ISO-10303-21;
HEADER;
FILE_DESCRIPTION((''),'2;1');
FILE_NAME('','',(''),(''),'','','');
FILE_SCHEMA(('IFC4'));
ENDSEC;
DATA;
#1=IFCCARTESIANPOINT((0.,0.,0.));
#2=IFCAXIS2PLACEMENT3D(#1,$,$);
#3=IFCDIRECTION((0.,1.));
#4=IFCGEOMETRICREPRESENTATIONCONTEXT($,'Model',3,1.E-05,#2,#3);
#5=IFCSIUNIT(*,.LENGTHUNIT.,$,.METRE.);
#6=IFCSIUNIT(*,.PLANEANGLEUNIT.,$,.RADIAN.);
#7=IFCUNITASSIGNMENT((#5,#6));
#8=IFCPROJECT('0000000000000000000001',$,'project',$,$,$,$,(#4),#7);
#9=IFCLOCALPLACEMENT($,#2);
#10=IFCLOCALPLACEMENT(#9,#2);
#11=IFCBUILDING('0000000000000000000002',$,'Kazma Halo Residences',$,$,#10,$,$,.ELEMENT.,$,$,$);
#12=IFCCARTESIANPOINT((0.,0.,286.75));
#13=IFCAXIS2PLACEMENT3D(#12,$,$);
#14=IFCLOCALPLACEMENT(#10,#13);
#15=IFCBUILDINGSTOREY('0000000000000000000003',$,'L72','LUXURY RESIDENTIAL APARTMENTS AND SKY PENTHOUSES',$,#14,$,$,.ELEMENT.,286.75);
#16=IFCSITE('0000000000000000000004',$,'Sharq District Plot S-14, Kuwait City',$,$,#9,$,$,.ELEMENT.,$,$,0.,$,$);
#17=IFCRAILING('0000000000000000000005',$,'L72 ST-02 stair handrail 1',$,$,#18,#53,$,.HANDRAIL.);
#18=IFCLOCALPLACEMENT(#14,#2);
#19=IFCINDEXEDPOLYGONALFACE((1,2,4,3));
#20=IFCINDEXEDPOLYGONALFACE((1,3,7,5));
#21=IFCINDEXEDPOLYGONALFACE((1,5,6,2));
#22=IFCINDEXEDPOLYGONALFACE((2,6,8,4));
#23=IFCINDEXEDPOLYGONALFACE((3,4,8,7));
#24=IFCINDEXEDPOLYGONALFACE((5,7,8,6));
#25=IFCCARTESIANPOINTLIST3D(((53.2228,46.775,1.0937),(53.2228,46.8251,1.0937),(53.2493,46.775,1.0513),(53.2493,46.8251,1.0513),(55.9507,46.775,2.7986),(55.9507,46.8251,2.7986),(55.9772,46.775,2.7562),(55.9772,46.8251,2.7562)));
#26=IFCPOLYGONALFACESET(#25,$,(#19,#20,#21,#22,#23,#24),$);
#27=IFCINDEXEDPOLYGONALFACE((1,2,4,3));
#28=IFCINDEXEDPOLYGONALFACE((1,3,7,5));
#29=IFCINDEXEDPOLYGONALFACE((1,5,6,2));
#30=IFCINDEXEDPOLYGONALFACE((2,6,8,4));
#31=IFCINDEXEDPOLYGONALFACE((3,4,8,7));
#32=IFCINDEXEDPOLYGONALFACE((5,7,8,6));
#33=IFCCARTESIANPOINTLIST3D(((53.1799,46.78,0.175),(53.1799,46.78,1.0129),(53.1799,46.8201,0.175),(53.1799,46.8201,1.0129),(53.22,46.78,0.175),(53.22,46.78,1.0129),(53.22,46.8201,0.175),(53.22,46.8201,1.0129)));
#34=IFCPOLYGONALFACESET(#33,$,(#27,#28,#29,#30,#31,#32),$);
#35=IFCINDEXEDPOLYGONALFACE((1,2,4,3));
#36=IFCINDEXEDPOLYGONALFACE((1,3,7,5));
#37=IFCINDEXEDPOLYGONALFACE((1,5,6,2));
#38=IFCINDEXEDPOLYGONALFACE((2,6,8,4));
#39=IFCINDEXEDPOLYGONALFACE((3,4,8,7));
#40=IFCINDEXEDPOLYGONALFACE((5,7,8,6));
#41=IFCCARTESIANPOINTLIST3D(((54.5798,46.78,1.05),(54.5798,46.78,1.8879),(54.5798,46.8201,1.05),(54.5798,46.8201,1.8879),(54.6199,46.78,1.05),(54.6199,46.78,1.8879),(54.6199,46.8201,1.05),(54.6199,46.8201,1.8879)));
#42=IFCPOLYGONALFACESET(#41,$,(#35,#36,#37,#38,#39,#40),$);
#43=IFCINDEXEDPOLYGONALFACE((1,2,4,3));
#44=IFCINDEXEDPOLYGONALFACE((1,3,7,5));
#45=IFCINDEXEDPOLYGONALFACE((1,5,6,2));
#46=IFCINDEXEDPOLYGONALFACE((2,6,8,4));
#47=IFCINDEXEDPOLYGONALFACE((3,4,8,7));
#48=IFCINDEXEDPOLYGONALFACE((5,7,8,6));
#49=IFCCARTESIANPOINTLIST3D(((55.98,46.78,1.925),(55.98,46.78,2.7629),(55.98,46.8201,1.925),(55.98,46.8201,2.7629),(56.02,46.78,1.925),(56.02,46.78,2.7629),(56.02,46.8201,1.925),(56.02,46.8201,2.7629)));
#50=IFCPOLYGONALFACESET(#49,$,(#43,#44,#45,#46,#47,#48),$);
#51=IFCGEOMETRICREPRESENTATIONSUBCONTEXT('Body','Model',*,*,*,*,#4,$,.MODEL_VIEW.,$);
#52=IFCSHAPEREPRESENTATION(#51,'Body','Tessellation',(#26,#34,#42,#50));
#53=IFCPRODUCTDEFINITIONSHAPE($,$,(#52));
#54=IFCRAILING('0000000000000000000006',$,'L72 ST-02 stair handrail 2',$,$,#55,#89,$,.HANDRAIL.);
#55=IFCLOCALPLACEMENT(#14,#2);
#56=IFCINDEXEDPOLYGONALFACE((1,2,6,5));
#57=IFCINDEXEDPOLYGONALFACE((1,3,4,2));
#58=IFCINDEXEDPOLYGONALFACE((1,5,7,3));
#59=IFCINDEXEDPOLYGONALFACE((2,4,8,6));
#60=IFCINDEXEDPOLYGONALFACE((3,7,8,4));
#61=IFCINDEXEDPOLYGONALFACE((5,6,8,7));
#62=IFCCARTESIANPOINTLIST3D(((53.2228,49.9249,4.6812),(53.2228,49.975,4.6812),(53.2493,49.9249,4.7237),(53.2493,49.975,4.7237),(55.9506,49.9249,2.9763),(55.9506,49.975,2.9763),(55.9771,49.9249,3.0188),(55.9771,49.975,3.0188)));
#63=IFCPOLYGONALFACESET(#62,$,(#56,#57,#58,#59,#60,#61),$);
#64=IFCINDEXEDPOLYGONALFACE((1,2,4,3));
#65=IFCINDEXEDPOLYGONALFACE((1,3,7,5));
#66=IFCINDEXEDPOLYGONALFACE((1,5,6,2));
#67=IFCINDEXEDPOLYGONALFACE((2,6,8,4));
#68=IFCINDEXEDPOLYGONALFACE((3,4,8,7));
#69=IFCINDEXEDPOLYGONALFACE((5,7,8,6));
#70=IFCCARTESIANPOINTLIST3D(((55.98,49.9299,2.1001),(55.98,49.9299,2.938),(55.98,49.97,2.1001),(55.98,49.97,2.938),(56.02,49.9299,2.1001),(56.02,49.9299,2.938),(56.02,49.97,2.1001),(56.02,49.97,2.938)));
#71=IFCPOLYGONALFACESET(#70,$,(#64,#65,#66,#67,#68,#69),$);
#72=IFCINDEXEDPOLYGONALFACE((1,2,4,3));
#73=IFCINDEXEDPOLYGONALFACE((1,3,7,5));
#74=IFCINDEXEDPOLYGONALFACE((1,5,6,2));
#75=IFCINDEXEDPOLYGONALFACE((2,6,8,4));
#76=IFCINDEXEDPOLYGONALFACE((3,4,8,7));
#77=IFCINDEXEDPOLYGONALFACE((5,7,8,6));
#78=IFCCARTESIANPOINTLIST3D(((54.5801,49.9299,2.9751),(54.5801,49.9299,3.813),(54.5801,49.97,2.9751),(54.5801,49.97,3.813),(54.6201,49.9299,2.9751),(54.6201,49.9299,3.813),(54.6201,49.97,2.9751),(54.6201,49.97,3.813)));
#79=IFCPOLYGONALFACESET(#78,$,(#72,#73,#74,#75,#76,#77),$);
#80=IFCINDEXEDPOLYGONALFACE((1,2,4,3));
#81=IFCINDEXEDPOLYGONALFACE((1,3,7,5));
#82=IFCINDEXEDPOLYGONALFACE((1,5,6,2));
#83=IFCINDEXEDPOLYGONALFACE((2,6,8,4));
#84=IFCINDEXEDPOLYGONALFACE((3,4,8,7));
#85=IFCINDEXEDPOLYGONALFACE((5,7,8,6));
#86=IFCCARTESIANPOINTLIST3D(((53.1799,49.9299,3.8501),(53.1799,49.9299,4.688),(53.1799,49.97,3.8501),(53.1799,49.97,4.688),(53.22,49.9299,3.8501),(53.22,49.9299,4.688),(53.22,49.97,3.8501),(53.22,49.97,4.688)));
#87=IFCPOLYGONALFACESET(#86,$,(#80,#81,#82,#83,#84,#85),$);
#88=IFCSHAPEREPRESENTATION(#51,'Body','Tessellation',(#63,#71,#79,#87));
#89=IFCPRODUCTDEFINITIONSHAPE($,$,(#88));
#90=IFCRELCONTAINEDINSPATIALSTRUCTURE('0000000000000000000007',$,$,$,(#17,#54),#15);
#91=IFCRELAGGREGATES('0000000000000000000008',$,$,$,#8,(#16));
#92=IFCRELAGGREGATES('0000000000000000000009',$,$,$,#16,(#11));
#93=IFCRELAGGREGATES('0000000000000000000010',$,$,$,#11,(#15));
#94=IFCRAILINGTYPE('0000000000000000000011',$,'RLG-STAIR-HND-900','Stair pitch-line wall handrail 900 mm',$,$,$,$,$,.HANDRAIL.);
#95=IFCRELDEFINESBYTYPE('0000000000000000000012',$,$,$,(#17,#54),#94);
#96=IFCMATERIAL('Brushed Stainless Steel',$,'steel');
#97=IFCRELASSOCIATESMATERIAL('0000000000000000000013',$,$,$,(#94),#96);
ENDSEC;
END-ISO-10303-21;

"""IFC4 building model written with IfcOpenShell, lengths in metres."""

from ifc_helpers import new_model, si_unit, direction, frame, origin, origin_2d, place, context, subcontext, project, spatial, rectangle, extrude, material, type_object, element, save


model = new_model("IFC4")

# Units and contexts
model_context = context("Model", 3, precision=1e-05, world=origin(), true_north=direction((0.0, 1.0)))
body_context = subcontext(model_context, "Body", "Model", "MODEL_VIEW")
ifc_project = project(units=[si_unit("LENGTHUNIT", "METRE"), si_unit("PLANEANGLEUNIT", "RADIAN")], contexts=[model_context])

# Site, building, storey
site_placement = place(None, origin())
site = spatial("IfcSite", under=ifc_project, at=site_placement, Name="Sharq District Plot S-14, Kuwait City", CompositionType="ELEMENT", RefElevation=0.0)
building_placement = place(site_placement, origin())
building = spatial("IfcBuilding", under=site, at=building_placement, Name="Kazma Halo Residences", CompositionType="ELEMENT")
storey_placement = place(building_placement, frame((0.0, 0.0, 286.75)))
storey = spatial("IfcBuildingStorey", under=building, at=storey_placement, Name="L72", Description="LUXURY RESIDENTIAL APARTMENTS AND SKY PENTHOUSES", CompositionType="ELEMENT", Elevation=286.75)

# Railings
ifc_material_1 = material(Name="Brushed Stainless Steel", Category="steel")
railing_type_1 = type_object("IfcRailingType", Name="RLG-STAIR-HND-900", Description="Stair pitch-line wall handrail 900 mm", PredefinedType="HANDRAIL", material=ifc_material_1)
railing_1_placement = place(storey_placement, frame((53.2, 46.8, 0.175)))
element("IfcRailing", 1, at=railing_1_placement, inside=storey, type_object=railing_type_1, Name="L72 ST-02 stair handrail 1", PredefinedType="HANDRAIL", context=body_context, shape_type="SweptSolid", body=[
    extrude(rectangle(XDim=0.05, YDim=0.05, at=origin_2d()), frame((0.0361, 0.0, 0.8975), z_axis=(0.848002, 0.0, 0.529992), x_axis=(0.0, 1.0, 0.0)), (0.0, 0.0, 1.0), 3.2168),
    extrude(rectangle(XDim=0.04, YDim=0.04, at=origin_2d()), origin(), (0.0, 0.0, 1.0), 0.8379),
    extrude(rectangle(XDim=0.04, YDim=0.04, at=origin_2d()), frame((1.3999, 0.0, 0.875)), (0.0, 0.0, 1.0), 0.8379),
    extrude(rectangle(XDim=0.04, YDim=0.04, at=origin_2d()), frame((2.8, 0.0, 1.75)), (0.0, 0.0, 1.0), 0.8379),
])
railing_2_placement = place(storey_placement, frame((56.0, 49.95, 2.1001)))
element("IfcRailing", 2, at=railing_2_placement, inside=storey, type_object=railing_type_1, Name="L72 ST-02 stair handrail 2", PredefinedType="HANDRAIL", context=body_context, shape_type="SweptSolid", body=[
    extrude(rectangle(XDim=0.05, YDim=0.05, at=origin_2d()), frame((-0.0361, 0.0, 0.8975), z_axis=(-0.848002, 0.0, 0.529992), x_axis=(0.0, -1.0, 0.0)), (0.0, 0.0, 1.0), 3.2168),
    extrude(rectangle(XDim=0.04, YDim=0.04, at=origin_2d()), origin(), (0.0, 0.0, 1.0), 0.8379),
    extrude(rectangle(XDim=0.04, YDim=0.04, at=origin_2d()), frame((-1.3999, 0.0, 0.875)), (0.0, 0.0, 1.0), 0.8379),
    extrude(rectangle(XDim=0.04, YDim=0.04, at=origin_2d()), frame((-2.8, 0.0, 1.75)), (0.0, 0.0, 1.0), 0.8379),
])

save(model, "model.ifc")
